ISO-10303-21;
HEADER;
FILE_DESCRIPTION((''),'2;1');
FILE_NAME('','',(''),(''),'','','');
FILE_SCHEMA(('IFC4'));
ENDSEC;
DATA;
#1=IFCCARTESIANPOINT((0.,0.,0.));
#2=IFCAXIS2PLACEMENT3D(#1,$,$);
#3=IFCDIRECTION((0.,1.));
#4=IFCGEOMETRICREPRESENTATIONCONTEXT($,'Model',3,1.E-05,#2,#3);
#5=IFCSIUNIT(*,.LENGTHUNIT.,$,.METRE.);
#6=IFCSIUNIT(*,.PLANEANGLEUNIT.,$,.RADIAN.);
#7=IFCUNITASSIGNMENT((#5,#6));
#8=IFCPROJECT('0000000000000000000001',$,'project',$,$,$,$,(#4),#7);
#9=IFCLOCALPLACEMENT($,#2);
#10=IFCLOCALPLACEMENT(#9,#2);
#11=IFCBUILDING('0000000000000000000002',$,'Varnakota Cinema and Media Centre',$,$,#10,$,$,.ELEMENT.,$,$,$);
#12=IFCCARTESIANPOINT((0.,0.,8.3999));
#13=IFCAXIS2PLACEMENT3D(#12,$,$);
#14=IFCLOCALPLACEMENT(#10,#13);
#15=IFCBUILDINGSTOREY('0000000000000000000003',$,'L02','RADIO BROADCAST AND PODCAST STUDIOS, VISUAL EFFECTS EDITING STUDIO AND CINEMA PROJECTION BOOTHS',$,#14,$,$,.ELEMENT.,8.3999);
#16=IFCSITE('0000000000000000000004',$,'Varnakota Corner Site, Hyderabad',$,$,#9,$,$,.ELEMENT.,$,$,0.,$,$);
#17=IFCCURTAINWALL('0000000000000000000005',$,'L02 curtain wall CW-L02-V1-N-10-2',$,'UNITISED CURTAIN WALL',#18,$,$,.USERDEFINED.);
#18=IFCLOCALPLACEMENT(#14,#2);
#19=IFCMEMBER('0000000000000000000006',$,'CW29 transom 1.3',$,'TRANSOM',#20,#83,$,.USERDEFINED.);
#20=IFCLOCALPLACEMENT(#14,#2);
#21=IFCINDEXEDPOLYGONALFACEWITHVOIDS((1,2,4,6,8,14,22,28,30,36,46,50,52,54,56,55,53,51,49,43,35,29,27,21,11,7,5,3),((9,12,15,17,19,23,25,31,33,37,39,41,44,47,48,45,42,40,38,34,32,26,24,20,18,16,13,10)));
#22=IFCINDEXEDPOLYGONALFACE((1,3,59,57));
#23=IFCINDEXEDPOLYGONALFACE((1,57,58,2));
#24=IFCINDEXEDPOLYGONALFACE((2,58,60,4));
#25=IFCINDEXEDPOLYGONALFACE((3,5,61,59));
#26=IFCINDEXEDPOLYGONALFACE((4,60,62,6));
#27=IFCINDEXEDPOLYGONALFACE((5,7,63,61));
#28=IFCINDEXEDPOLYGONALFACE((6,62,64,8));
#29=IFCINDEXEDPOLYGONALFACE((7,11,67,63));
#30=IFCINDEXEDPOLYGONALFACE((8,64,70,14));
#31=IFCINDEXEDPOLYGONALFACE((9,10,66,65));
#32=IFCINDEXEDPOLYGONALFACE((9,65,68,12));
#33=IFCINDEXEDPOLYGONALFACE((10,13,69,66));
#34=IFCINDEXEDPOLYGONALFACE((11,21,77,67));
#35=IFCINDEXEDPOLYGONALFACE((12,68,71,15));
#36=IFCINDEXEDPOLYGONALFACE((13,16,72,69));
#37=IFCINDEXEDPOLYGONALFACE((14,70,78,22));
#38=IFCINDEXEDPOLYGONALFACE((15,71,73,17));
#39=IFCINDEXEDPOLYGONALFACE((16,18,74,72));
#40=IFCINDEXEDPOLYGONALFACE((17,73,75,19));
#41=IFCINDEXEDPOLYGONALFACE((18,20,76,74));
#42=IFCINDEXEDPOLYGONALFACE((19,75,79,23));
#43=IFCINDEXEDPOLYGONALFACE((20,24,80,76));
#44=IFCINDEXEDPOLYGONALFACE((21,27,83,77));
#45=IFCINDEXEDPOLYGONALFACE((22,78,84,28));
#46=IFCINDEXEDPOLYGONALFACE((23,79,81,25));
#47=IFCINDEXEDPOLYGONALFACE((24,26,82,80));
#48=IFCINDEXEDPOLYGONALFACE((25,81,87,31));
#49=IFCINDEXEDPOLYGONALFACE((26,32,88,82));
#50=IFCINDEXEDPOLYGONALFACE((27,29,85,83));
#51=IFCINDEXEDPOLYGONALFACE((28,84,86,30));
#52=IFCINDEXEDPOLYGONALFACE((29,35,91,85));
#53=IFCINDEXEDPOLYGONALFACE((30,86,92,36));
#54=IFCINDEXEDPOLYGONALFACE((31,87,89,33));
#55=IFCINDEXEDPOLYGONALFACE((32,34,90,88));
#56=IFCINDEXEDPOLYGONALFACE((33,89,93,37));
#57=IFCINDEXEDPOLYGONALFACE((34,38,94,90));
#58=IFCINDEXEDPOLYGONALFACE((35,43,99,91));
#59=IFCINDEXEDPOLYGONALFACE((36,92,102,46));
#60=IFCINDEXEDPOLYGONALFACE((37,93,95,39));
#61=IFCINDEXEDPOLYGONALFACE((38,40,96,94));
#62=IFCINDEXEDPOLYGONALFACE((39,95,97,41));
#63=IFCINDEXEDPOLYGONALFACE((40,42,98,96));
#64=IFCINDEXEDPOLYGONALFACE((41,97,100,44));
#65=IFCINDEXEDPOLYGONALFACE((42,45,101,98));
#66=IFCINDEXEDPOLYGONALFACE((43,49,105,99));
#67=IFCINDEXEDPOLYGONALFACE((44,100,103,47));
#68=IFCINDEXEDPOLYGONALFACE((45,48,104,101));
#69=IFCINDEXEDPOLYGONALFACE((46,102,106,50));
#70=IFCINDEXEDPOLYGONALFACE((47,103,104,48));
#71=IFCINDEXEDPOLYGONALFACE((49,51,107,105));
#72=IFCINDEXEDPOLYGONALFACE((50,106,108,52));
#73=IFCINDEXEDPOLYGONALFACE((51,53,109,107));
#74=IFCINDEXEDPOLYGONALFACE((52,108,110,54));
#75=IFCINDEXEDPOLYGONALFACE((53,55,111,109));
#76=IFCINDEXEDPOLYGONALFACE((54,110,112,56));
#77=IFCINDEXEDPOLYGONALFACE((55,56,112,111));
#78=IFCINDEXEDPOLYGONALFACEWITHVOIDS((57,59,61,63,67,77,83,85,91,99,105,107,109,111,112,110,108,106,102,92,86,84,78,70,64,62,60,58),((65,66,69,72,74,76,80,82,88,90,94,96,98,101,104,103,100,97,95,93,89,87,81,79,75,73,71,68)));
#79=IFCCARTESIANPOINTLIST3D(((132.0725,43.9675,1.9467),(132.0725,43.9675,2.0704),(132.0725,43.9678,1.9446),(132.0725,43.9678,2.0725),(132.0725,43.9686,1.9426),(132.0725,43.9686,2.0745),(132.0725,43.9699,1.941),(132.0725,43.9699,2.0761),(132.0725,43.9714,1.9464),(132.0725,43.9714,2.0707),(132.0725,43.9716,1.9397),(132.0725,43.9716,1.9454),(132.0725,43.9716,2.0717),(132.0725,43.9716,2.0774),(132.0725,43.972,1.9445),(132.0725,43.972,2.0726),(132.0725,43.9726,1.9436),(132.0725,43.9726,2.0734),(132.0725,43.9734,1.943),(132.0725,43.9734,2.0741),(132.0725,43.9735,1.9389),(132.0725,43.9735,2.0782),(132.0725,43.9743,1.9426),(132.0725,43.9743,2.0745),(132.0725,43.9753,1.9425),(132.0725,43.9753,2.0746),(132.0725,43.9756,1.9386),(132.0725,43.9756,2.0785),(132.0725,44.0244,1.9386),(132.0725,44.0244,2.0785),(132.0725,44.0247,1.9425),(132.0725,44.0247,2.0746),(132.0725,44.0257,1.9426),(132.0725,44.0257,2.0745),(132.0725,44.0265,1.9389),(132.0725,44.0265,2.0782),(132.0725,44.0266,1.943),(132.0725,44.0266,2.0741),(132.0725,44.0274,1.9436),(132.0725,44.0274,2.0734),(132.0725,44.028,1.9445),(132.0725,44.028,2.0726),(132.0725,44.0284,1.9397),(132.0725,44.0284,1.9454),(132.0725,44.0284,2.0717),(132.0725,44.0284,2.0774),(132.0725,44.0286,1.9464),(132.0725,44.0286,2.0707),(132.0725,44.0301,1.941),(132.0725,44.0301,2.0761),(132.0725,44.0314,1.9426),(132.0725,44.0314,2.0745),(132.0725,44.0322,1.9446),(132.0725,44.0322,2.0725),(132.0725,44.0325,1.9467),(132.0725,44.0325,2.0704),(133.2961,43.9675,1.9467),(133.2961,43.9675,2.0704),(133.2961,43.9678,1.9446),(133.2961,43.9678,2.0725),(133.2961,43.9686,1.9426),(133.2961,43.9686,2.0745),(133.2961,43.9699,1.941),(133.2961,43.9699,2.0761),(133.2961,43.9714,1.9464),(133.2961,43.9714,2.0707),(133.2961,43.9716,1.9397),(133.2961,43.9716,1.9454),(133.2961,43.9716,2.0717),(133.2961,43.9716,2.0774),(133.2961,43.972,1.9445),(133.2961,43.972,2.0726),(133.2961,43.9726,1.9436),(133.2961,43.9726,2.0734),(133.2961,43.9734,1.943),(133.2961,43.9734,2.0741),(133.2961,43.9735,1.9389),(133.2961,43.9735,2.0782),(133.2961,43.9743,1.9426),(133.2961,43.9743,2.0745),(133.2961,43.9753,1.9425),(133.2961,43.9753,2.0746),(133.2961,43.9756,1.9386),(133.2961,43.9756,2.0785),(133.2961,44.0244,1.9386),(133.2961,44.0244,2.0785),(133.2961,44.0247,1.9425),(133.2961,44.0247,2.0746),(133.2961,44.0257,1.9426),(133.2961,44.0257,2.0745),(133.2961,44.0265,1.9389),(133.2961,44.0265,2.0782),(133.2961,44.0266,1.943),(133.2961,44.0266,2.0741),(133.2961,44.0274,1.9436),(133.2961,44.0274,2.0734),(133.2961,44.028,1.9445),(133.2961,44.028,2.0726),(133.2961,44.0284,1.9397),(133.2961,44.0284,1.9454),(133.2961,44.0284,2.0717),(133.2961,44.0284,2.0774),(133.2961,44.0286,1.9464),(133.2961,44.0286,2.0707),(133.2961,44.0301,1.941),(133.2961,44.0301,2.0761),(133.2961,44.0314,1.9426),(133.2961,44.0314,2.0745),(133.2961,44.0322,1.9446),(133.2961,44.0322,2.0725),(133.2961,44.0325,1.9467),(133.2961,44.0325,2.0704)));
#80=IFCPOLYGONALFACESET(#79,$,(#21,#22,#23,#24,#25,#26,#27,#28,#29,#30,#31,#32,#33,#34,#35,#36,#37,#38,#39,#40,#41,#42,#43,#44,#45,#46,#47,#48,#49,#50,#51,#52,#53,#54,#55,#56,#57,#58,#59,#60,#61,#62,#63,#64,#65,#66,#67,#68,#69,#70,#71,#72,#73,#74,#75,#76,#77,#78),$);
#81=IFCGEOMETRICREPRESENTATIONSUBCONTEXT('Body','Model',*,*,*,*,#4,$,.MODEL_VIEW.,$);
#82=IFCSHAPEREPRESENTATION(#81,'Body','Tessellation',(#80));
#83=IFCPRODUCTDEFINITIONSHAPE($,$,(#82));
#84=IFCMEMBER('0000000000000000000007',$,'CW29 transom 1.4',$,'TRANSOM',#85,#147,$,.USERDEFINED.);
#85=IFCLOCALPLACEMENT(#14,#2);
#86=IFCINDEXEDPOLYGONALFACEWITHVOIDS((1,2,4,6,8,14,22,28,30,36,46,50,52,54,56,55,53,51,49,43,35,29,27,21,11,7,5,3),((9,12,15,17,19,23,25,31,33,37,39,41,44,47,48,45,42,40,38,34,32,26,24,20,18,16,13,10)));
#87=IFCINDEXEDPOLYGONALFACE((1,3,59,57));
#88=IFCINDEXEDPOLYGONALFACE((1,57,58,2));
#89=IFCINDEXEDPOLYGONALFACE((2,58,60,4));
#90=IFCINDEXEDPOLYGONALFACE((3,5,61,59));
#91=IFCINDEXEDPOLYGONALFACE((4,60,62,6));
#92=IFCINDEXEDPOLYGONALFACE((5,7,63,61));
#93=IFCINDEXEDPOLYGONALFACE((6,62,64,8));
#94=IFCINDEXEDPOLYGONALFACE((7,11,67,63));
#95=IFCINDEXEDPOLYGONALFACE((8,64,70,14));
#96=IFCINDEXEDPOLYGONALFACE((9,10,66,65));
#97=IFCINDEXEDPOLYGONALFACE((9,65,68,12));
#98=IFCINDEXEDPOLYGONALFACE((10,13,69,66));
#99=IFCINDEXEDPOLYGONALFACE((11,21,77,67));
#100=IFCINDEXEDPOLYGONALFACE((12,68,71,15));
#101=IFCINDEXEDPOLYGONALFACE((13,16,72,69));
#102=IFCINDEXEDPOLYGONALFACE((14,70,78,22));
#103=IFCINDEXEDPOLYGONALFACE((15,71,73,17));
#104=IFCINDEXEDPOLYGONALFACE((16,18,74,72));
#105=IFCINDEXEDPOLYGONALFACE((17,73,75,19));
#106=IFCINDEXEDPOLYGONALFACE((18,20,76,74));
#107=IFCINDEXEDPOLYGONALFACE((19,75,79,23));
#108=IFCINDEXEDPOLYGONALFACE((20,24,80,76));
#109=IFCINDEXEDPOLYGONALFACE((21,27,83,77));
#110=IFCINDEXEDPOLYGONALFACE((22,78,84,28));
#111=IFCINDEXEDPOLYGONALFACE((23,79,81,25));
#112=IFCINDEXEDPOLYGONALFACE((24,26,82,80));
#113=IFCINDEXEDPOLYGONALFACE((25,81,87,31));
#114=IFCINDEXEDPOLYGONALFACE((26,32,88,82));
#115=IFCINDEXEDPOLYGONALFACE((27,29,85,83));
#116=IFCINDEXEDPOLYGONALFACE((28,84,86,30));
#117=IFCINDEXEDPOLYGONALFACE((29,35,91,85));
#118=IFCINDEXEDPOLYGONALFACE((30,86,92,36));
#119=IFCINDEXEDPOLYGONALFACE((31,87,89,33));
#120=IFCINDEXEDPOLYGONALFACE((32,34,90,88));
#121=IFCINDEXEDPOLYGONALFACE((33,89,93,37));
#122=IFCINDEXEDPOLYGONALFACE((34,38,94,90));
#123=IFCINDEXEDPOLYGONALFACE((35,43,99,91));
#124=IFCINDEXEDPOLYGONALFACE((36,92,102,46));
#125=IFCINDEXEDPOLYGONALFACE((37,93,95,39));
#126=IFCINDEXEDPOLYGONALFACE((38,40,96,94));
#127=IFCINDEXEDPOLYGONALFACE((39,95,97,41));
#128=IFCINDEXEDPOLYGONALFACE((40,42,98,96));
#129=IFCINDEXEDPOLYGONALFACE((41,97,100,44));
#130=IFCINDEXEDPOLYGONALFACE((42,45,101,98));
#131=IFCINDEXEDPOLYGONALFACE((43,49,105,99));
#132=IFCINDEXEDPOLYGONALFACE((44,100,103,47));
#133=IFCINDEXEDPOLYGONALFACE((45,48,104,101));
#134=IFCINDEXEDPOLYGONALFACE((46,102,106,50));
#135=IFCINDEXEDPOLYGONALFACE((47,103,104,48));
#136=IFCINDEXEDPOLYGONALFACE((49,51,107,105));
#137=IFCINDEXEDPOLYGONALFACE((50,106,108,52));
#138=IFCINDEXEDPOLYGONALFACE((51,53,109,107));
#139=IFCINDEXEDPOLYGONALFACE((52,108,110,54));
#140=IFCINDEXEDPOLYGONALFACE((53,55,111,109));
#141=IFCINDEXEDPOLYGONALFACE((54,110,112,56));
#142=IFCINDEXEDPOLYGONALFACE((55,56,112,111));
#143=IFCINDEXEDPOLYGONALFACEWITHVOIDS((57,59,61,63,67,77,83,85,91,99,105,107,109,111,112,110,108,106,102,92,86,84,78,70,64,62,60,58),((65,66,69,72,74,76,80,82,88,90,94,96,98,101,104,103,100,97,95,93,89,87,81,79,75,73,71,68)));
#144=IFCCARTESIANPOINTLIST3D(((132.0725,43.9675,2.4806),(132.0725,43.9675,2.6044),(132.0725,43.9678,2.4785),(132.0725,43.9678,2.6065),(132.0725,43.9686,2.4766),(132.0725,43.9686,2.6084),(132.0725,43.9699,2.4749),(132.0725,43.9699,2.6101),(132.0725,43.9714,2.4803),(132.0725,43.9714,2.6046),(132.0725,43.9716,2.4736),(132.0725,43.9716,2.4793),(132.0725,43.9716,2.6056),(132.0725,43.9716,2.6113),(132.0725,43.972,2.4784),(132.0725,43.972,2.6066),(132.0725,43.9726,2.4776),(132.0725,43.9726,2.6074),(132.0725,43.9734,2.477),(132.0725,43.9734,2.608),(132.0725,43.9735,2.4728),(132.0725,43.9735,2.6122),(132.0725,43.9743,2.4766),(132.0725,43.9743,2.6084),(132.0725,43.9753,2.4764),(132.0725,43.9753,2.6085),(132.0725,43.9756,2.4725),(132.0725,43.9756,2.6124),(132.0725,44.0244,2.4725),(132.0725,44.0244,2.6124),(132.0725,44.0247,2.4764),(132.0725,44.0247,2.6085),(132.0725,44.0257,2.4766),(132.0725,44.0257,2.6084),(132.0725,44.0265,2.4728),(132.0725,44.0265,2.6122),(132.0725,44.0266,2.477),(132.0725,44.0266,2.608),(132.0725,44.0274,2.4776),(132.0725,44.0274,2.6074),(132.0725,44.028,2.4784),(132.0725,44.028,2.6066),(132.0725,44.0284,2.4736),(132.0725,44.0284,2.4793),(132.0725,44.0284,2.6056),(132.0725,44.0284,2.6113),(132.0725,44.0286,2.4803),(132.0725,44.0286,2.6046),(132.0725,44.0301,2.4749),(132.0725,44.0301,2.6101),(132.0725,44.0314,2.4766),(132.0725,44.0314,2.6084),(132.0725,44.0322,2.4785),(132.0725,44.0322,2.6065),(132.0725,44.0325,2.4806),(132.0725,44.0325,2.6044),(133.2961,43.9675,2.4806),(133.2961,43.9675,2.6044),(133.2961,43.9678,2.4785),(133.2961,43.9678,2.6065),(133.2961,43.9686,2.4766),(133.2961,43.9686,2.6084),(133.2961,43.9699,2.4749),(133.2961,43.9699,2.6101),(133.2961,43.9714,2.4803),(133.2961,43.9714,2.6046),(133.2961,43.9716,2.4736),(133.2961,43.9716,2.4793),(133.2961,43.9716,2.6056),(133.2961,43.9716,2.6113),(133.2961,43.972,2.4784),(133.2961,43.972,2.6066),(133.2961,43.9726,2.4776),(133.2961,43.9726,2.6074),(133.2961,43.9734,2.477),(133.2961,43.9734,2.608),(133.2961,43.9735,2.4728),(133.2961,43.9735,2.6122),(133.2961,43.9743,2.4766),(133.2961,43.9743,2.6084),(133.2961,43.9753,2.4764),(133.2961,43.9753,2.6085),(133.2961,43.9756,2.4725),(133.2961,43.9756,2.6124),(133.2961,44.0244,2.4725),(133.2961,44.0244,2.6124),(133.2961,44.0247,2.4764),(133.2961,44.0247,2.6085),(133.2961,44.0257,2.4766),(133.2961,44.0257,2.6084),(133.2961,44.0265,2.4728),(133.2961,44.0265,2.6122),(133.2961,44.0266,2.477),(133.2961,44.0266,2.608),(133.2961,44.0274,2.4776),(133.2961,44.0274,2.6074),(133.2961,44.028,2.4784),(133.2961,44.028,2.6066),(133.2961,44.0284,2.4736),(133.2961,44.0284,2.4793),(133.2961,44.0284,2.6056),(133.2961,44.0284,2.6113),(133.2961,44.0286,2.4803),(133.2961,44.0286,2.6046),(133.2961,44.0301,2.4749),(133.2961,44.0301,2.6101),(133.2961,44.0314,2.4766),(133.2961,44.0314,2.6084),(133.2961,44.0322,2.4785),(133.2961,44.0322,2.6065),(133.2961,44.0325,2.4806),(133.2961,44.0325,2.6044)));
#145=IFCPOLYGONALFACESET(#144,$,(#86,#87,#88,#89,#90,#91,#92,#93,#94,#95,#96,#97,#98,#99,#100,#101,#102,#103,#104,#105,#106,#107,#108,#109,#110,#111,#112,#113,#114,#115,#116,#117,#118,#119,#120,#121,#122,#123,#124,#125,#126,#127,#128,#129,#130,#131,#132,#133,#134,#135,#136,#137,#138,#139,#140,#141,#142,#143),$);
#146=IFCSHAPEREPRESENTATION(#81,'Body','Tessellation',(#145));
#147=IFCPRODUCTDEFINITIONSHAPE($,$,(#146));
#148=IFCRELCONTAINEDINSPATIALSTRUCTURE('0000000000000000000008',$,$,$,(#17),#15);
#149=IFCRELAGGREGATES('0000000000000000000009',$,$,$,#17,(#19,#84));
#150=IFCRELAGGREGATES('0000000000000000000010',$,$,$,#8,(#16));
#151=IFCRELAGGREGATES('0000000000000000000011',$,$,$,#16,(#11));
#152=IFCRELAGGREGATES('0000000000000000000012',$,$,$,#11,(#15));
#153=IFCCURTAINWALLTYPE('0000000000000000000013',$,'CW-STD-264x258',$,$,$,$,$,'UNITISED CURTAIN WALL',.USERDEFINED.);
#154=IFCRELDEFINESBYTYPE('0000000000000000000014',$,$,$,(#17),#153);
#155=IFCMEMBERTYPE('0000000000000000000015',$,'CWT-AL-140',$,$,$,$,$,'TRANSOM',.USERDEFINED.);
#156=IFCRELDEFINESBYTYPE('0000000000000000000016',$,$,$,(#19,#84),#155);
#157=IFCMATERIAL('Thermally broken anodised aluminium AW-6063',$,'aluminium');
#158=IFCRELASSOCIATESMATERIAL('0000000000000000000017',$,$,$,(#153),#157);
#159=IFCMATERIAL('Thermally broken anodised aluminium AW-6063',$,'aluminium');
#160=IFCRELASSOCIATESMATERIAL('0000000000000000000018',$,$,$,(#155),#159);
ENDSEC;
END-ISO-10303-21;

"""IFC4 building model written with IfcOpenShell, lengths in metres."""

from ifc_helpers import new_model, si_unit, direction, frame, origin, origin_2d, place, context, subcontext, project, spatial, hollow_rectangle, extrude, material, material_profile, profile_set, type_object, element, aggregate, save


model = new_model("IFC4")

# Units and contexts
model_context = context("Model", 3, precision=1e-05, world=origin(), true_north=direction((0.0, 1.0)))
body_context = subcontext(model_context, "Body", "Model", "MODEL_VIEW")
ifc_project = project(units=[si_unit("LENGTHUNIT", "METRE"), si_unit("PLANEANGLEUNIT", "RADIAN")], contexts=[model_context])

# Site, building, storey
site_placement = place(None, origin())
site = spatial("IfcSite", under=ifc_project, at=site_placement, Name="Varnakota Corner Site, Hyderabad", CompositionType="ELEMENT", RefElevation=0.0)
building_placement = place(site_placement, origin())
building = spatial("IfcBuilding", under=site, at=building_placement, Name="Varnakota Cinema and Media Centre", CompositionType="ELEMENT")
storey_placement = place(building_placement, frame((0.0, 0.0, 8.3999)))
storey = spatial("IfcBuildingStorey", under=building, at=storey_placement, Name="L02", Description="RADIO BROADCAST AND PODCAST STUDIOS, VISUAL EFFECTS EDITING STUDIO AND CINEMA PROJECTION BOOTHS", CompositionType="ELEMENT", Elevation=8.3999)

# Curtain wall, members
ifc_material_1 = material(Name="Thermally broken anodised aluminium AW-6063", Category="aluminium")
curtain_wall_type = type_object("IfcCurtainWallType", Name="CW-STD-264x258", ElementType="UNITISED CURTAIN WALL", PredefinedType="USERDEFINED", material=ifc_material_1)
curtain_wall_placement = place(storey_placement, origin())
curtain_wall = element("IfcCurtainWall", 1, at=curtain_wall_placement, inside=storey, type_object=curtain_wall_type, Name="L02 curtain wall CW-L02-V1-N-10-2", ObjectType="UNITISED CURTAIN WALL", PredefinedType="USERDEFINED")
ifc_material_2 = material(Name="Thermally broken anodised aluminium AW-6063", Category="aluminium")
ifc_material_profile_1 = material_profile(ifc_material_2, hollow_rectangle(XDim=0.0649, YDim=0.1399, WallThickness=0.0039, InnerFilletRadius=0.0039, OuterFilletRadius=0.0081, at=origin_2d()), Name="AL-TRANSOM 140x65x4")
ifc_profile_set_1 = profile_set([ifc_material_profile_1], Name="Thermally broken anodised aluminium AW-6063")
member_type_1 = type_object("IfcMemberType", Name="CWT-AL-140", ElementType="TRANSOM", PredefinedType="USERDEFINED", material=ifc_profile_set_1)
member_1_placement = place(storey_placement, frame((132.0725, 44.0, 2.0085), z_axis=(1.0, 0.0, 0.0), x_axis=(0.0, 1.0, 0.0)))
member_1 = element("IfcMember", 2, at=member_1_placement, type_object=member_type_1, Name="CW29 transom 1.3", ObjectType="TRANSOM", PredefinedType="USERDEFINED", context=body_context, shape_type="SweptSolid", body=[
    extrude(hollow_rectangle(XDim=0.0649, YDim=0.1399, WallThickness=0.0039, InnerFilletRadius=0.0039, OuterFilletRadius=0.0081, at=origin_2d()), origin(), (0.0, 0.0, 1.0), 1.2236),
])
member_2_placement = place(storey_placement, frame((132.0725, 44.0, 2.5425), z_axis=(1.0, 0.0, 0.0), x_axis=(0.0, 1.0, 0.0)))
member_2 = element("IfcMember", 3, at=member_2_placement, type_object=member_type_1, Name="CW29 transom 1.4", ObjectType="TRANSOM", PredefinedType="USERDEFINED", context=body_context, shape_type="SweptSolid", body=[
    extrude(hollow_rectangle(XDim=0.0649, YDim=0.1399, WallThickness=0.0039, InnerFilletRadius=0.0039, OuterFilletRadius=0.0081, at=origin_2d()), origin(), (0.0, 0.0, 1.0), 1.2236),
])
aggregate(curtain_wall, [member_1, member_2])

save(model, "model.ifc")
